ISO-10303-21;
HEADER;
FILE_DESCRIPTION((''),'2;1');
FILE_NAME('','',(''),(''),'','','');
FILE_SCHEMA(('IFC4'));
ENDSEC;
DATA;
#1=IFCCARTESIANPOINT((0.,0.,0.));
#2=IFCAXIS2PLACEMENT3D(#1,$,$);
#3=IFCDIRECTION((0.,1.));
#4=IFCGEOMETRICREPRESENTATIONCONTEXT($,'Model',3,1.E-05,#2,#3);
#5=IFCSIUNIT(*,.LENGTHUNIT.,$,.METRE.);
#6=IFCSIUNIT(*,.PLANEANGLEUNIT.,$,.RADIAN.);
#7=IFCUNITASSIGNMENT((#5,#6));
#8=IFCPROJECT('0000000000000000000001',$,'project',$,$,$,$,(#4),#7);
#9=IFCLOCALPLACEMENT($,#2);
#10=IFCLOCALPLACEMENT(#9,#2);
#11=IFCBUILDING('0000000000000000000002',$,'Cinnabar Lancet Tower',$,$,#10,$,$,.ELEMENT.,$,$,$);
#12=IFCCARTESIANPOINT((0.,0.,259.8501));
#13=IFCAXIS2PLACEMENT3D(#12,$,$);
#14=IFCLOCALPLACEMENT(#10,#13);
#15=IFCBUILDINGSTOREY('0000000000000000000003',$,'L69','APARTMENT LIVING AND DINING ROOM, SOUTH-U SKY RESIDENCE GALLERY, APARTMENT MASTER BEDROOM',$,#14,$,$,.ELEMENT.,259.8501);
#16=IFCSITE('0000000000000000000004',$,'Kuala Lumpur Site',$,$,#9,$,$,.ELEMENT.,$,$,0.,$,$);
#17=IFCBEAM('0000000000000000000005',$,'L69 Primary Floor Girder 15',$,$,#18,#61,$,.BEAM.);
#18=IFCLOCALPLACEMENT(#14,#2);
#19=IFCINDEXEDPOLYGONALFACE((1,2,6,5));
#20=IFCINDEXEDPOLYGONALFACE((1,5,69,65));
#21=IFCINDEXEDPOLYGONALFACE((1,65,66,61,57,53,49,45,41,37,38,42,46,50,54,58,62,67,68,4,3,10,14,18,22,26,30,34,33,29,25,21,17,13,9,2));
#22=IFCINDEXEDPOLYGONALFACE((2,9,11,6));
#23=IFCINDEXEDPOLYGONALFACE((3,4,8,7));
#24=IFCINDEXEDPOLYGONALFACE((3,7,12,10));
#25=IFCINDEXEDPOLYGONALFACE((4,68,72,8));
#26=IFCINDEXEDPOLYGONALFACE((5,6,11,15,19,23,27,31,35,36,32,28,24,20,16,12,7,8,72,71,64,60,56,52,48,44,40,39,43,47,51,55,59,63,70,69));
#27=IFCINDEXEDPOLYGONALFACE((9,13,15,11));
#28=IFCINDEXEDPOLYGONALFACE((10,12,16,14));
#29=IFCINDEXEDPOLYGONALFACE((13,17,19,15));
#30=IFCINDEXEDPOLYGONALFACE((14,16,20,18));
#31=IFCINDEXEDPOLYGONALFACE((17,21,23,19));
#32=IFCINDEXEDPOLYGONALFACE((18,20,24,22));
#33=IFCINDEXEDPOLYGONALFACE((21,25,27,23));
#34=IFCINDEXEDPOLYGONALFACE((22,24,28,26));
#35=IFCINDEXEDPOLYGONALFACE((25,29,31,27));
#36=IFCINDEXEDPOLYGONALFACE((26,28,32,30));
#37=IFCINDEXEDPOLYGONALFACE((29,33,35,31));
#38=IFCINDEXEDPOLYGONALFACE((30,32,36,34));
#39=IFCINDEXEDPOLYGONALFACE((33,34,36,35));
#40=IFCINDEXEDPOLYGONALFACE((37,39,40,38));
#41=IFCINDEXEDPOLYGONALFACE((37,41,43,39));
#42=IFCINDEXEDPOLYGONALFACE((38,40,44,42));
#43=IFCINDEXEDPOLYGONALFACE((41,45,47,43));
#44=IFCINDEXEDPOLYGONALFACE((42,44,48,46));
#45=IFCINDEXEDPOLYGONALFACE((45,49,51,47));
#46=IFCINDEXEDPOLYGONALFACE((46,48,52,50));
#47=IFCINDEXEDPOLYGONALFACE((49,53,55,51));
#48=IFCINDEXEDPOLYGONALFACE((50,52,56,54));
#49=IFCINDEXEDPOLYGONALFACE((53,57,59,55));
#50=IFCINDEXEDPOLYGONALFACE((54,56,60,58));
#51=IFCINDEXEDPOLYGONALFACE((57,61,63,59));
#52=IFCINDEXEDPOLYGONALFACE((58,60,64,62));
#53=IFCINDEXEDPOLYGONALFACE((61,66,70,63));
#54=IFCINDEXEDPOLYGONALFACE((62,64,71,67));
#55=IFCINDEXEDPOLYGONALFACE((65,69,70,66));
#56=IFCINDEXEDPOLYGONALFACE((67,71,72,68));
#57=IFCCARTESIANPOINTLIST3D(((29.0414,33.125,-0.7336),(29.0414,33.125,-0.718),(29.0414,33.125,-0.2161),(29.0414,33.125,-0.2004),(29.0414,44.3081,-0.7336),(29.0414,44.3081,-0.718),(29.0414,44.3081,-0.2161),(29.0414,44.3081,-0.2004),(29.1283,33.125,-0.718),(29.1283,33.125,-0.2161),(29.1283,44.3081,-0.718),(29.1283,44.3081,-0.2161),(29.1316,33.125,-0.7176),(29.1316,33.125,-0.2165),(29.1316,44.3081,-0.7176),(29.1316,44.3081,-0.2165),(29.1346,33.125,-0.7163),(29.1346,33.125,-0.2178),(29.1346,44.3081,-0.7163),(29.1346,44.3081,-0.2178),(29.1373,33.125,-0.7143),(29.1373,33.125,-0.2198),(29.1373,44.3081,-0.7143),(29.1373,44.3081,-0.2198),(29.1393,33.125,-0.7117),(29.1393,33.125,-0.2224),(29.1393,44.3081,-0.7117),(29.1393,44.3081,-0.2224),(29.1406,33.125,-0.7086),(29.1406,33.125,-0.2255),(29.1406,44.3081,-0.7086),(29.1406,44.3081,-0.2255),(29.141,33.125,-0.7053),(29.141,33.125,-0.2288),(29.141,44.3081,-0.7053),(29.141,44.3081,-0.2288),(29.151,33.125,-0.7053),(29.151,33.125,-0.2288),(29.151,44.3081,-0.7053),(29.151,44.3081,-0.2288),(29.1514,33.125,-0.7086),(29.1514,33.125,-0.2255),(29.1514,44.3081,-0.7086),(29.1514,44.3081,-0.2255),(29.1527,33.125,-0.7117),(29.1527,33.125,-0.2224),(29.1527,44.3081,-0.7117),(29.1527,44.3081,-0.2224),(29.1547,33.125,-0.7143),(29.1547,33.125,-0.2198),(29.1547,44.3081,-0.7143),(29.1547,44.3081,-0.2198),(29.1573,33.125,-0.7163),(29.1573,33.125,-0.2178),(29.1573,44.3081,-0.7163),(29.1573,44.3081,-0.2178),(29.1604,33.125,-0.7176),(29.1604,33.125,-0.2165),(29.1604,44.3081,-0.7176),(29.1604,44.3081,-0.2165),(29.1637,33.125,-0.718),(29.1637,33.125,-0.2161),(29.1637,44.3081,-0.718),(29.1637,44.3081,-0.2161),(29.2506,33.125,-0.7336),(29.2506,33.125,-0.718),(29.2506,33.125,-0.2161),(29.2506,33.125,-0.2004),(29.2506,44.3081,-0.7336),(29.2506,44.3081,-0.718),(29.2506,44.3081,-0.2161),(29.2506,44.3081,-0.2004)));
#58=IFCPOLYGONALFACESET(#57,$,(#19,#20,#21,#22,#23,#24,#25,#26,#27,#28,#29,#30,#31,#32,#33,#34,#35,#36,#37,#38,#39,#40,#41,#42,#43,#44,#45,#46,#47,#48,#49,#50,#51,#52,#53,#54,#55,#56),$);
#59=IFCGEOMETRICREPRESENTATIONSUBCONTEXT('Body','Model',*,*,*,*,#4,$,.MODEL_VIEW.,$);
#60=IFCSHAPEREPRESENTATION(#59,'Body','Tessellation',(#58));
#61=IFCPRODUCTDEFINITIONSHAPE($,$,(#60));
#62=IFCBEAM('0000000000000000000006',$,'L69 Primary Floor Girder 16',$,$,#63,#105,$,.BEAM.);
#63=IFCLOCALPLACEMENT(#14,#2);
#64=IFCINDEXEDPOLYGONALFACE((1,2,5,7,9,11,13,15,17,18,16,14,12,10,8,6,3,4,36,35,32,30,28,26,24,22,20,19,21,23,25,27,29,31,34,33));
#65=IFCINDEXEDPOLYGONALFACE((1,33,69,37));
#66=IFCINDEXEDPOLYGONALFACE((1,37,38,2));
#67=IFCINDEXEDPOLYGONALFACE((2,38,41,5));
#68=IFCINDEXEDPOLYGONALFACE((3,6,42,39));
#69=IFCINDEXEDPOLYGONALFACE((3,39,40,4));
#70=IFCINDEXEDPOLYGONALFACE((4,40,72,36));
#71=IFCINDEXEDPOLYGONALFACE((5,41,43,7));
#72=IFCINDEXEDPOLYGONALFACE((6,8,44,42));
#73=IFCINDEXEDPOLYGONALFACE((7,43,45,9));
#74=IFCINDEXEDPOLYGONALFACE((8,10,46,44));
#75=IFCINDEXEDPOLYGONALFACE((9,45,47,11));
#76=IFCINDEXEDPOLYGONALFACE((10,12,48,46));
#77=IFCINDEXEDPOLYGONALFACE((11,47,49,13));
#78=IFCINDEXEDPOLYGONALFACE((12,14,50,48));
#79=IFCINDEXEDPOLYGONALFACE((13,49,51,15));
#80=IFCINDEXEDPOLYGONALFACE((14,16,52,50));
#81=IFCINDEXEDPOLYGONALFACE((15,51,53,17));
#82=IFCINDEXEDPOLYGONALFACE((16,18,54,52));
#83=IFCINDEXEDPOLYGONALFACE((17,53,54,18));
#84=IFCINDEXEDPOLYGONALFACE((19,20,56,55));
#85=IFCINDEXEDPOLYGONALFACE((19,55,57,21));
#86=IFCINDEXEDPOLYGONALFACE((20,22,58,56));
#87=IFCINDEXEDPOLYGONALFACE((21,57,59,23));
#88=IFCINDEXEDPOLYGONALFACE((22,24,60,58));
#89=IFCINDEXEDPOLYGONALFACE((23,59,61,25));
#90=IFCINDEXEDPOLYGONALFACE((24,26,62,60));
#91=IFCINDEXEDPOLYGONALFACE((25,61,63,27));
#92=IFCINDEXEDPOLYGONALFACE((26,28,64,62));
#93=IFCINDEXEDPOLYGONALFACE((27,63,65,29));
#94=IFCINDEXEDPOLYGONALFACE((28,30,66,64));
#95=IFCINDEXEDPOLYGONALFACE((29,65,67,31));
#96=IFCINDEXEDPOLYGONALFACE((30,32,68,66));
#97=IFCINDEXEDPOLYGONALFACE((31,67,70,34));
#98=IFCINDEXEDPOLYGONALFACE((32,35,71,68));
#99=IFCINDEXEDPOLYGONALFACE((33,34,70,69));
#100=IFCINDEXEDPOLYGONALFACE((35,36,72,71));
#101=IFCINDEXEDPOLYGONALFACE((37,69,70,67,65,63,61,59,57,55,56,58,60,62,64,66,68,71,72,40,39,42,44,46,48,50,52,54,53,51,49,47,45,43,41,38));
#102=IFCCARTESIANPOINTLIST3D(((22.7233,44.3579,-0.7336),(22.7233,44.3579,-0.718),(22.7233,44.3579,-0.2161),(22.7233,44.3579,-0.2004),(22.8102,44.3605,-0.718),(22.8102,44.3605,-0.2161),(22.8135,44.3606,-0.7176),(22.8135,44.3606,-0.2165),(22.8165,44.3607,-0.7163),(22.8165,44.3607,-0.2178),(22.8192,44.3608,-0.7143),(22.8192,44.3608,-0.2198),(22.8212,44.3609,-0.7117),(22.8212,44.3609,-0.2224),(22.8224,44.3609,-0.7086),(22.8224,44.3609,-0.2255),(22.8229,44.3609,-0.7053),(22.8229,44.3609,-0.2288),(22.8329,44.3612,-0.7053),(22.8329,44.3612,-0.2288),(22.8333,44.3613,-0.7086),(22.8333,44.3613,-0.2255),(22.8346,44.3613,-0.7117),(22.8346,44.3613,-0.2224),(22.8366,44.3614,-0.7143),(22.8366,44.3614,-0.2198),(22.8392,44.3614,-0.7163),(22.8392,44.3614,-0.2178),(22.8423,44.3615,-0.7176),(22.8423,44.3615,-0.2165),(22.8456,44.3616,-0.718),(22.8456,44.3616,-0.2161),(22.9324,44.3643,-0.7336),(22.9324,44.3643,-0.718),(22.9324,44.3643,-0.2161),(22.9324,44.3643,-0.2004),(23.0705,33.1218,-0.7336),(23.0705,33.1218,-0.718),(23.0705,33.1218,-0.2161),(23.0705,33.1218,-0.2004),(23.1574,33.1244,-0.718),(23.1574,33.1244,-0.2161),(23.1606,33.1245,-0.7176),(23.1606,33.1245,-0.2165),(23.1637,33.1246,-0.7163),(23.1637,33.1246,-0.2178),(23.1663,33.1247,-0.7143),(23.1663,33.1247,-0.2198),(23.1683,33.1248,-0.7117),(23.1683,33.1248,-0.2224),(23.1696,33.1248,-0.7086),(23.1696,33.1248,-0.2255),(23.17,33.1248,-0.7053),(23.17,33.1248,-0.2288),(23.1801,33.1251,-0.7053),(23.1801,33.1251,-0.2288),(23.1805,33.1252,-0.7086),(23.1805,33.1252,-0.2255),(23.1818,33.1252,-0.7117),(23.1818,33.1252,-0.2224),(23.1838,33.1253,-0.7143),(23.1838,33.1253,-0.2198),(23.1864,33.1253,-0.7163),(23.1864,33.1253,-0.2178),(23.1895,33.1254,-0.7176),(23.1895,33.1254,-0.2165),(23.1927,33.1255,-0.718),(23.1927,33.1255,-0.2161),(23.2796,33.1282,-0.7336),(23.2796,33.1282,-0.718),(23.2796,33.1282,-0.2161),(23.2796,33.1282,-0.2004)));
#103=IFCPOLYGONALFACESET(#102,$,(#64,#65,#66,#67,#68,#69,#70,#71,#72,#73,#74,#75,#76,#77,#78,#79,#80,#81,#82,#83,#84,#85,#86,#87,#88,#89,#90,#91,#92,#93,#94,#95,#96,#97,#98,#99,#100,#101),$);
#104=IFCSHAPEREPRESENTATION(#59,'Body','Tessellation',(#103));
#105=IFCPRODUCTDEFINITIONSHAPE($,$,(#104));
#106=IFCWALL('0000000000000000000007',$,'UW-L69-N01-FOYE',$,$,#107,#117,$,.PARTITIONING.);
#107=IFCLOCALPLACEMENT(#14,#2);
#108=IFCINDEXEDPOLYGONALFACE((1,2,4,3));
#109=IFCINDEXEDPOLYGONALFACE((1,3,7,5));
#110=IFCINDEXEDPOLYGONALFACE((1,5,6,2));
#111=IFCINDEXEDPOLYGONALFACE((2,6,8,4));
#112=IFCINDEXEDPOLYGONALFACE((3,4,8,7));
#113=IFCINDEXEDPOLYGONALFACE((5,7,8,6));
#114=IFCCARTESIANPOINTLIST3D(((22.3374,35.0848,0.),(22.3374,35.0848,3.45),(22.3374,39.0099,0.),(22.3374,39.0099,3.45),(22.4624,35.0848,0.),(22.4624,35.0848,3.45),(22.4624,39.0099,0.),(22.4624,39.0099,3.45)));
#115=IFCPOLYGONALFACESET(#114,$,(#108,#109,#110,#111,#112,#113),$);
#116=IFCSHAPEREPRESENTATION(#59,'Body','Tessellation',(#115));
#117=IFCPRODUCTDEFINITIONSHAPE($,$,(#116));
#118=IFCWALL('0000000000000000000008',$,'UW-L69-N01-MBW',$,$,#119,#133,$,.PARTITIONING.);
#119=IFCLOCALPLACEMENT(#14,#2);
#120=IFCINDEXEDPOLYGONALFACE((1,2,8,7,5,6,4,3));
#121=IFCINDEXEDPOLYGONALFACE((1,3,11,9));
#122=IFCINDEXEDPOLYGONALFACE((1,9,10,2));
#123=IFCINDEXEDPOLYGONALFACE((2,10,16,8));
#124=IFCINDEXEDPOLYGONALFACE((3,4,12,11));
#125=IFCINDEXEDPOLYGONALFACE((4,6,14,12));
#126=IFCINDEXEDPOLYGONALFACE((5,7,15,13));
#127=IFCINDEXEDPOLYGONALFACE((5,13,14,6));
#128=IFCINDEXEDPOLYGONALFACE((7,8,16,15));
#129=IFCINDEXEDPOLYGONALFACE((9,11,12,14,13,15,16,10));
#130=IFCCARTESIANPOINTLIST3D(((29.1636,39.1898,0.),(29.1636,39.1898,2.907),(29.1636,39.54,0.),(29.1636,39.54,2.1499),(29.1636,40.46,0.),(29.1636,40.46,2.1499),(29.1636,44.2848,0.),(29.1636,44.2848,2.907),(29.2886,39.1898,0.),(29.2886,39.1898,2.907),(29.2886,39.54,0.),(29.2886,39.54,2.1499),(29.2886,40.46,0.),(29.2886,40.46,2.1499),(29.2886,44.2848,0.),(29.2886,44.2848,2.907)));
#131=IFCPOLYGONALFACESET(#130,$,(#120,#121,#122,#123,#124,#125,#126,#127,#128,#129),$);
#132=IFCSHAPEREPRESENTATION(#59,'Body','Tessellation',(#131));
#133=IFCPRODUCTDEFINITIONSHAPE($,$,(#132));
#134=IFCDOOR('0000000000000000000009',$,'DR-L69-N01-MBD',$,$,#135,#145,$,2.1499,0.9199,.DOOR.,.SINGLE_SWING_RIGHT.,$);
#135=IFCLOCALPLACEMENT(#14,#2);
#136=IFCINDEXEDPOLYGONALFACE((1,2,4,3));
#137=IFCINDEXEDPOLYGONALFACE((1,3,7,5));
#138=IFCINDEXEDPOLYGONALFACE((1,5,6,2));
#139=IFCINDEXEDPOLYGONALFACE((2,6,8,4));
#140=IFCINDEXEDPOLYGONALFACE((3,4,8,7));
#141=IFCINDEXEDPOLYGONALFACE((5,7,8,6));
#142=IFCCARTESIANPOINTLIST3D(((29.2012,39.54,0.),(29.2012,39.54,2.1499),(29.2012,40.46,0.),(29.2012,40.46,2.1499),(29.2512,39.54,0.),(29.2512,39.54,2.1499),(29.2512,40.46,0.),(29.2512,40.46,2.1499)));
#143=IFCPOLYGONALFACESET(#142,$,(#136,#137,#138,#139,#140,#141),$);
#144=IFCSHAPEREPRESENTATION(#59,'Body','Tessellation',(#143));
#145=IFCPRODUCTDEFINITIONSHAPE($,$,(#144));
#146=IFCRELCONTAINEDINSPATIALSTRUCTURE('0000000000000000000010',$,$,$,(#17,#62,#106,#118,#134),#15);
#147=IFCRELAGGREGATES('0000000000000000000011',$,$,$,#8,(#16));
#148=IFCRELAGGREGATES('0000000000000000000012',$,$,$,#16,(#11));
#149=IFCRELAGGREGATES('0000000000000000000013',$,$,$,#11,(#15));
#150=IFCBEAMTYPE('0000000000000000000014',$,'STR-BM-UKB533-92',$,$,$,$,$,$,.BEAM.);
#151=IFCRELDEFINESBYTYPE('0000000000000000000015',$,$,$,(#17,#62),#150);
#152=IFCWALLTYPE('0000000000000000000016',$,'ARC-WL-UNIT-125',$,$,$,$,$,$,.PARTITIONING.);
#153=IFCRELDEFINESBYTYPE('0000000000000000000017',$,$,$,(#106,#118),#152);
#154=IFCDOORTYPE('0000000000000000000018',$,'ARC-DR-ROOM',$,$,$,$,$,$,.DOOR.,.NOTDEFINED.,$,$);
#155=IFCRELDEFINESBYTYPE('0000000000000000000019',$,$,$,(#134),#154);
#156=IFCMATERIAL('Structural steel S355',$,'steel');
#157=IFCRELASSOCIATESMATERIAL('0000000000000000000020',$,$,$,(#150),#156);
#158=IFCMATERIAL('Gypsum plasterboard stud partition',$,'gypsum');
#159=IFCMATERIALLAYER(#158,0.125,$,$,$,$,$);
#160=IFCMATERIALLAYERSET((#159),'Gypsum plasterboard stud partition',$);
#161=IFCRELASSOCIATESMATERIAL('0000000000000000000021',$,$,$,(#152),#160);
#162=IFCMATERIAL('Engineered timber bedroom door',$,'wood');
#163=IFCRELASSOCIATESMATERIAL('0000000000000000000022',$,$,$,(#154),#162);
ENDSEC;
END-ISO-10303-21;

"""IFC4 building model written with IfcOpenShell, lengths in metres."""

from ifc_helpers import new_model, si_unit, direction, frame, frame_2d, origin, origin_2d, place, context, subcontext, project, spatial, rectangle, i_section, extrude, material, layer, layer_set, material_profile, profile_set, type_object, element, fill, save


model = new_model("IFC4")

# Units and contexts
model_context = context("Model", 3, precision=1e-05, world=origin(), true_north=direction((0.0, 1.0)))
body_context = subcontext(model_context, "Body", "Model", "MODEL_VIEW")
ifc_project = project(units=[si_unit("LENGTHUNIT", "METRE"), si_unit("PLANEANGLEUNIT", "RADIAN")], contexts=[model_context])

# Site, building, storey
site_placement = place(None, origin())
site = spatial("IfcSite", under=ifc_project, at=site_placement, Name="Kuala Lumpur Site", CompositionType="ELEMENT", RefElevation=0.0)
building_placement = place(site_placement, origin())
building = spatial("IfcBuilding", under=site, at=building_placement, Name="Cinnabar Lancet Tower", CompositionType="ELEMENT")
storey_placement = place(building_placement, frame((0.0, 0.0, 259.8501)))
storey = spatial("IfcBuildingStorey", under=building, at=storey_placement, Name="L69", Description="APARTMENT LIVING AND DINING ROOM, SOUTH-U SKY RESIDENCE GALLERY, APARTMENT MASTER BEDROOM", CompositionType="ELEMENT", Elevation=259.8501)

# Beams
ifc_material_1 = material(Name="Structural steel S355", Category="steel")
ifc_material_profile_1 = material_profile(ifc_material_1, i_section(OverallWidth=0.2092, OverallDepth=0.5332, WebThickness=0.01, FlangeThickness=0.0156, FilletRadius=0.0127, at=origin_2d()), Name="UKB 533x210x92")
ifc_profile_set_1 = profile_set([ifc_material_profile_1], Name="Structural steel S355")
beam_type_1 = type_object("IfcBeamType", Name="STR-BM-UKB533-92", PredefinedType="BEAM", material=ifc_profile_set_1)
beam_1_placement = place(storey_placement, frame((29.146, 44.3081, -0.467), z_axis=(0.0, -1.0, 0.0), x_axis=(1.0, 0.0, 0.0)))
element("IfcBeam", 1, at=beam_1_placement, inside=storey, type_object=beam_type_1, Name="L69 Primary Floor Girder 15", PredefinedType="BEAM", context=body_context, shape_type="SweptSolid", body=[
    extrude(i_section(OverallWidth=0.2092, OverallDepth=0.5332, WebThickness=0.01, FlangeThickness=0.0156, FilletRadius=0.0127, at=origin_2d()), origin(), (0.0, 0.0, 1.0), 11.1831),
])
beam_2_placement = place(storey_placement, frame((22.8279, 44.3611, -0.467), z_axis=(0.030883, -0.999523, 0.0), x_axis=(0.999523, 0.030883, 0.0)))
element("IfcBeam", 2, at=beam_2_placement, inside=storey, type_object=beam_type_1, Name="L69 Primary Floor Girder 16", PredefinedType="BEAM", context=body_context, shape_type="SweptSolid", body=[
    extrude(i_section(OverallWidth=0.2092, OverallDepth=0.5332, WebThickness=0.01, FlangeThickness=0.0156, FilletRadius=0.0127, at=origin_2d()), origin(), (0.0, 0.0, 1.0), 11.2415),
])

# Wall
ifc_material_2 = material(Name="Gypsum plasterboard stud partition", Category="gypsum")
ifc_layer_1 = layer(ifc_material_2, 0.125)
ifc_layer_set_1 = layer_set([ifc_layer_1], Name="Gypsum plasterboard stud partition")
wall_type_1 = type_object("IfcWallType", Name="ARC-WL-UNIT-125", PredefinedType="PARTITIONING", material=ifc_layer_set_1)
wall_1_placement = place(storey_placement, frame((22.3999, 35.085, 0.0), z_axis=(0.0, 0.0, 1.0), x_axis=(0.0, 1.0, 0.0)))
element("IfcWall", 3, at=wall_1_placement, inside=storey, type_object=wall_type_1, Name="UW-L69-N01-FOYE", PredefinedType="PARTITIONING", context=body_context, shape_type="SweptSolid", body=[
    extrude(rectangle(XDim=3.925, YDim=0.125, at=frame_2d((1.9624, 0.0))), origin(), (0.0, 0.0, 1.0), 3.45),
])

# Wall, opening, door
wall_2_placement = place(storey_placement, frame((29.2261, 39.1899, 0.0), z_axis=(0.0, 0.0, 1.0), x_axis=(0.0, 1.0, 0.0)))
wall_2 = element("IfcWall", 4, at=wall_2_placement, inside=storey, type_object=wall_type_1, Name="UW-L69-N01-MBW", PredefinedType="PARTITIONING", context=body_context, shape_type="SweptSolid", body=[
    extrude(rectangle(XDim=5.095, YDim=0.125, at=frame_2d((2.5474, 0.0))), origin(), (0.0, 0.0, 1.0), 2.907),
])
opening_1_placement = place(wall_2_placement, frame((0.3501, 0.0, 0.0)))
opening_1 = element("IfcOpeningElement", 5, at=opening_1_placement, cuts=wall_2, PredefinedType="OPENING", context=body_context, shape_type="SweptSolid", body=[
    extrude(rectangle(XDim=0.9199, YDim=2.1499, at=frame_2d((0.46, 1.075))), frame((0.0, 0.0725, 0.0), z_axis=(0.0, -1.0, 0.0), x_axis=(1.0, 0.0, 0.0)), (0.0, 0.0, 1.0), 0.145),
])
ifc_material_3 = material(Name="Engineered timber bedroom door", Category="wood")
door_type_1 = type_object("IfcDoorType", Name="ARC-DR-ROOM", OperationType="NOTDEFINED", PredefinedType="DOOR", material=ifc_material_3)
door_1_placement = place(opening_1_placement, origin())
door_1 = element("IfcDoor", 6, at=door_1_placement, inside=storey, type_object=door_type_1, Name="DR-L69-N01-MBD", OperationType="SINGLE_SWING_RIGHT", OverallHeight=2.1499, OverallWidth=0.9199, PredefinedType="DOOR", context=body_context, shape_type="SweptSolid", body=[
    extrude(rectangle(XDim=0.9199, YDim=2.1499, at=frame_2d((0.46, 1.075))), frame((0.0, 0.0249, 0.0), z_axis=(0.0, -1.0, 0.0), x_axis=(1.0, 0.0, 0.0)), (0.0, 0.0, 1.0), 0.05),
])
fill(opening_1, door_1)

save(model, "model.ifc")
